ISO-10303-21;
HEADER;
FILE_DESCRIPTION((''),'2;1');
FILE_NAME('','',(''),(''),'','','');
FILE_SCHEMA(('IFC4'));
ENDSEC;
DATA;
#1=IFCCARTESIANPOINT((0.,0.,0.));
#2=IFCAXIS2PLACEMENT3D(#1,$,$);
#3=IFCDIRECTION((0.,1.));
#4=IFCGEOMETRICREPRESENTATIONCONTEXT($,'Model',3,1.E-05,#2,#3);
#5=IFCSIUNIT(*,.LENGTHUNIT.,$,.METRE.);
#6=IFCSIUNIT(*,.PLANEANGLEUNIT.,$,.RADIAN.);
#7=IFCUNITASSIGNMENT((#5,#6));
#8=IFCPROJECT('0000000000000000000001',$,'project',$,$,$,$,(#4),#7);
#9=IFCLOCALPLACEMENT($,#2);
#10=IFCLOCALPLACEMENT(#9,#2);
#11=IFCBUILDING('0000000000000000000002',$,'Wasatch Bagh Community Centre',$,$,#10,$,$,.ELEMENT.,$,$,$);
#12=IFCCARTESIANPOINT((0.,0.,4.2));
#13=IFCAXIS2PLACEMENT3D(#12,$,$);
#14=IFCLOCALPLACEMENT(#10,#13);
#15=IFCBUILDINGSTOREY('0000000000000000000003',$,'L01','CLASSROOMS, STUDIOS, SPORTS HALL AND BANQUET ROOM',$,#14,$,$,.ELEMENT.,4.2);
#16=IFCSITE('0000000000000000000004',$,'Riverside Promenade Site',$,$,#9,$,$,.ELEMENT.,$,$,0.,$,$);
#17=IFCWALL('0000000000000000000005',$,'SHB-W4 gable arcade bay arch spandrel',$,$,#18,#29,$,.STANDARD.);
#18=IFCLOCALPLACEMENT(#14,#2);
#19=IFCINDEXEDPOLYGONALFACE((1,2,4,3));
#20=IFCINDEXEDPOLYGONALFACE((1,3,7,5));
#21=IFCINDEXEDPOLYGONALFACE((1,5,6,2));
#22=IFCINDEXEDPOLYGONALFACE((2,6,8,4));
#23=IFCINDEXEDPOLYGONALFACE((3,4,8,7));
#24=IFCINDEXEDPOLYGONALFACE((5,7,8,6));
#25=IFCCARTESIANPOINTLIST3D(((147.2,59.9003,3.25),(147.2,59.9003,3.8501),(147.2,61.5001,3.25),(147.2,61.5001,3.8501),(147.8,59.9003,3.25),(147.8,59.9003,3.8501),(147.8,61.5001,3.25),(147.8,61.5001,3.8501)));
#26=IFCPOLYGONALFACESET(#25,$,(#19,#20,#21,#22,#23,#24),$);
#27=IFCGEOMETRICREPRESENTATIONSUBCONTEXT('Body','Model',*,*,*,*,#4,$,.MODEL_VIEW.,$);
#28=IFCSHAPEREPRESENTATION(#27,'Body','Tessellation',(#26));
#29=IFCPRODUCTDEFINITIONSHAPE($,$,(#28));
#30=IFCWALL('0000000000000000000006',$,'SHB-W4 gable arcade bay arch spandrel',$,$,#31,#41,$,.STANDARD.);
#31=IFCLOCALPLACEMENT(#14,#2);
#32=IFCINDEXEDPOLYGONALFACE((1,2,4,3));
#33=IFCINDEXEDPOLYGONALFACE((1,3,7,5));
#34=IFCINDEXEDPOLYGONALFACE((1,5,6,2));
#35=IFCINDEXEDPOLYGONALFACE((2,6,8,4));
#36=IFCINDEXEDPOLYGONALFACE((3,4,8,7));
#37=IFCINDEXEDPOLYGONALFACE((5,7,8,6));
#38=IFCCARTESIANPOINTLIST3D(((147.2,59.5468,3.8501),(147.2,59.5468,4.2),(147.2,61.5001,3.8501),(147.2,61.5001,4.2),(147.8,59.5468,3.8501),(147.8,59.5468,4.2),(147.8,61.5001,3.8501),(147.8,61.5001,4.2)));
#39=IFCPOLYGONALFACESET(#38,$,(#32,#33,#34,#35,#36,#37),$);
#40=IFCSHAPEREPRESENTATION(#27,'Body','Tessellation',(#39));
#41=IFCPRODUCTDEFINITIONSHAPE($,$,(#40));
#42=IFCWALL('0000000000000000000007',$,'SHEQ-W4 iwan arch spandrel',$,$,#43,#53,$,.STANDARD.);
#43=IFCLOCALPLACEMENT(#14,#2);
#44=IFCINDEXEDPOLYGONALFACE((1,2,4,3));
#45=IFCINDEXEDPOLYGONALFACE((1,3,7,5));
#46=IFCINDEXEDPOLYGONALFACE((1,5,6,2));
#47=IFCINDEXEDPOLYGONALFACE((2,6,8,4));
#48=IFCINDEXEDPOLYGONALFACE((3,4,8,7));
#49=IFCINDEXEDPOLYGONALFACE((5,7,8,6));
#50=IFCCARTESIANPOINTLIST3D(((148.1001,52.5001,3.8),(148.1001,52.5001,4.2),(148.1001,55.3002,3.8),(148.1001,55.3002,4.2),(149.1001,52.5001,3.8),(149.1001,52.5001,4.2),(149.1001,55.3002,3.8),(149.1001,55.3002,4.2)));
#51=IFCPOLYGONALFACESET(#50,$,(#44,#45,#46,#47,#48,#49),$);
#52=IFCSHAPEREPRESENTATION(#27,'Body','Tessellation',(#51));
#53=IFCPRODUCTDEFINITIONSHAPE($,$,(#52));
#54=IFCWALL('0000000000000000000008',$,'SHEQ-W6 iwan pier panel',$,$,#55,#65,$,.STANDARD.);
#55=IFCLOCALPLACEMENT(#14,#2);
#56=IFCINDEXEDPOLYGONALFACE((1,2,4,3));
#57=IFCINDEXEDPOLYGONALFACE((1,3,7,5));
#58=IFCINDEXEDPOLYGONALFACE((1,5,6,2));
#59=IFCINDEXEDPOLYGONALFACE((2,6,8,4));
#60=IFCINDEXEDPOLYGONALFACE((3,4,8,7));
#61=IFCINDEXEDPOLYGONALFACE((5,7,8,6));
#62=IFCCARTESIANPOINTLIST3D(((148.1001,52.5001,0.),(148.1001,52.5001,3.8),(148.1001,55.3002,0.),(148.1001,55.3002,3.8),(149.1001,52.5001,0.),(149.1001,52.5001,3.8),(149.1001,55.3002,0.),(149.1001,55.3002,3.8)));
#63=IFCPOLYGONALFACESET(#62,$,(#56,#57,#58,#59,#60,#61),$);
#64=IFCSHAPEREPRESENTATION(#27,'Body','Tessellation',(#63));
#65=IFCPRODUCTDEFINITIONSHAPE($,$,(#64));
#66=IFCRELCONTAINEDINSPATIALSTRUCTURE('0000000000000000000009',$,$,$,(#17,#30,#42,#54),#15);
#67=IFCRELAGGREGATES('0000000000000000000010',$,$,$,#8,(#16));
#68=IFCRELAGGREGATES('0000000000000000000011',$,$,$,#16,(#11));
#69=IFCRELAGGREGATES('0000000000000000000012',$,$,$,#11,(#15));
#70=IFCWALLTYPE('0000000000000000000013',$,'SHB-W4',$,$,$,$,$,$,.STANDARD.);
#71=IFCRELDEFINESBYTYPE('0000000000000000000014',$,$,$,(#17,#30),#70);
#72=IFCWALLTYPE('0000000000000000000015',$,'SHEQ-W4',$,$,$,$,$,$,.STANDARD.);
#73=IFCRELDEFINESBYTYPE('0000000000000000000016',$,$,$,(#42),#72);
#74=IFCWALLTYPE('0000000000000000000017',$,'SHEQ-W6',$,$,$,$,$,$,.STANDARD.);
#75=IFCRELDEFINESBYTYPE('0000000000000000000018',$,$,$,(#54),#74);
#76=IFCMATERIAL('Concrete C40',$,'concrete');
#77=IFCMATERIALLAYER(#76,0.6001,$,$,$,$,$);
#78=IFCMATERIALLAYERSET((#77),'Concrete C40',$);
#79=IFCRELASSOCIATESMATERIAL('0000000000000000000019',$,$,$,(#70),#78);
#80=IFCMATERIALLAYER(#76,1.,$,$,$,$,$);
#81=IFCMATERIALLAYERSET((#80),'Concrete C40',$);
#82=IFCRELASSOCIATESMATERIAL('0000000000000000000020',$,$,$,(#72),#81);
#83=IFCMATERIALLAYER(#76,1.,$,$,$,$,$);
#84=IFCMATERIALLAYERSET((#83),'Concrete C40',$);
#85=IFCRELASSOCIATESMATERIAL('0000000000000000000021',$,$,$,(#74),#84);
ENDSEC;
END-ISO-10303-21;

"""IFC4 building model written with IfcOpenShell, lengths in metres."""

from ifc_helpers import new_model, si_unit, direction, frame, frame_2d, origin, place, context, subcontext, project, spatial, rectangle, extrude, material, layer, layer_set, type_object, element, save


model = new_model("IFC4")

# Units and contexts
model_context = context("Model", 3, precision=1e-05, world=origin(), true_north=direction((0.0, 1.0)))
body_context = subcontext(model_context, "Body", "Model", "MODEL_VIEW")
ifc_project = project(units=[si_unit("LENGTHUNIT", "METRE"), si_unit("PLANEANGLEUNIT", "RADIAN")], contexts=[model_context])

# Site, building, storey
site_placement = place(None, origin())
site = spatial("IfcSite", under=ifc_project, at=site_placement, Name="Riverside Promenade Site", CompositionType="ELEMENT", RefElevation=0.0)
building_placement = place(site_placement, origin())
building = spatial("IfcBuilding", under=site, at=building_placement, Name="Wasatch Bagh Community Centre", CompositionType="ELEMENT")
storey_placement = place(building_placement, frame((0.0, 0.0, 4.2)))
storey = spatial("IfcBuildingStorey", under=building, at=storey_placement, Name="L01", Description="CLASSROOMS, STUDIOS, SPORTS HALL AND BANQUET ROOM", CompositionType="ELEMENT", Elevation=4.2)

# Shared definitions
ifc_material_1 = material(Name="Concrete C40", Category="concrete")

# Walls
ifc_layer_1 = layer(ifc_material_1, 0.6001)
ifc_layer_set_1 = layer_set([ifc_layer_1], Name="Concrete C40")
wall_type_1 = type_object("IfcWallType", Name="SHB-W4", PredefinedType="STANDARD", material=ifc_layer_set_1)
wall_1_placement = place(storey_placement, frame((147.5, 61.5, 3.25), z_axis=(0.0, 0.0, 1.0), x_axis=(0.0, -1.0, 0.0)))
element("IfcWall", 1, at=wall_1_placement, inside=storey, type_object=wall_type_1, Name="SHB-W4 gable arcade bay arch spandrel", PredefinedType="STANDARD", context=body_context, shape_type="SweptSolid", body=[
    extrude(rectangle(XDim=1.5999, YDim=0.6001, at=frame_2d((0.7998, 0.0))), origin(), (0.0, 0.0, 1.0), 0.6001),
])
wall_2_placement = place(storey_placement, frame((147.5, 61.5, 3.8501), z_axis=(0.0, 0.0, 1.0), x_axis=(0.0, -1.0, 0.0)))
element("IfcWall", 2, at=wall_2_placement, inside=storey, type_object=wall_type_1, Name="SHB-W4 gable arcade bay arch spandrel", PredefinedType="STANDARD", context=body_context, shape_type="SweptSolid", body=[
    extrude(rectangle(XDim=1.9534, YDim=0.6001, at=frame_2d((0.9766, 0.0))), origin(), (0.0, 0.0, 1.0), 0.3499),
])
ifc_layer_2 = layer(ifc_material_1, 1.0)
ifc_layer_set_2 = layer_set([ifc_layer_2], Name="Concrete C40")
wall_type_2 = type_object("IfcWallType", Name="SHEQ-W4", PredefinedType="STANDARD", material=ifc_layer_set_2)
wall_3_placement = place(storey_placement, frame((148.6001, 55.3, 3.8), z_axis=(0.0, 0.0, 1.0), x_axis=(0.0, -1.0, 0.0)))
element("IfcWall", 3, at=wall_3_placement, inside=storey, type_object=wall_type_2, Name="SHEQ-W4 iwan arch spandrel", PredefinedType="STANDARD", context=body_context, shape_type="SweptSolid", body=[
    extrude(rectangle(XDim=2.8, YDim=1.0, at=frame_2d((1.3999, 0.0))), origin(), (0.0, 0.0, 1.0), 0.3999),
])
ifc_layer_3 = layer(ifc_material_1, 1.0)
ifc_layer_set_3 = layer_set([ifc_layer_3], Name="Concrete C40")
wall_type_3 = type_object("IfcWallType", Name="SHEQ-W6", PredefinedType="STANDARD", material=ifc_layer_set_3)
wall_4_placement = place(storey_placement, frame((148.6001, 55.3, 0.0), z_axis=(0.0, 0.0, 1.0), x_axis=(0.0, -1.0, 0.0)))
element("IfcWall", 4, at=wall_4_placement, inside=storey, type_object=wall_type_3, Name="SHEQ-W6 iwan pier panel", PredefinedType="STANDARD", context=body_context, shape_type="SweptSolid", body=[
    extrude(rectangle(XDim=2.8, YDim=1.0, at=frame_2d((1.3999, 0.0))), origin(), (0.0, 0.0, 1.0), 3.8),
])

save(model, "model.ifc")
